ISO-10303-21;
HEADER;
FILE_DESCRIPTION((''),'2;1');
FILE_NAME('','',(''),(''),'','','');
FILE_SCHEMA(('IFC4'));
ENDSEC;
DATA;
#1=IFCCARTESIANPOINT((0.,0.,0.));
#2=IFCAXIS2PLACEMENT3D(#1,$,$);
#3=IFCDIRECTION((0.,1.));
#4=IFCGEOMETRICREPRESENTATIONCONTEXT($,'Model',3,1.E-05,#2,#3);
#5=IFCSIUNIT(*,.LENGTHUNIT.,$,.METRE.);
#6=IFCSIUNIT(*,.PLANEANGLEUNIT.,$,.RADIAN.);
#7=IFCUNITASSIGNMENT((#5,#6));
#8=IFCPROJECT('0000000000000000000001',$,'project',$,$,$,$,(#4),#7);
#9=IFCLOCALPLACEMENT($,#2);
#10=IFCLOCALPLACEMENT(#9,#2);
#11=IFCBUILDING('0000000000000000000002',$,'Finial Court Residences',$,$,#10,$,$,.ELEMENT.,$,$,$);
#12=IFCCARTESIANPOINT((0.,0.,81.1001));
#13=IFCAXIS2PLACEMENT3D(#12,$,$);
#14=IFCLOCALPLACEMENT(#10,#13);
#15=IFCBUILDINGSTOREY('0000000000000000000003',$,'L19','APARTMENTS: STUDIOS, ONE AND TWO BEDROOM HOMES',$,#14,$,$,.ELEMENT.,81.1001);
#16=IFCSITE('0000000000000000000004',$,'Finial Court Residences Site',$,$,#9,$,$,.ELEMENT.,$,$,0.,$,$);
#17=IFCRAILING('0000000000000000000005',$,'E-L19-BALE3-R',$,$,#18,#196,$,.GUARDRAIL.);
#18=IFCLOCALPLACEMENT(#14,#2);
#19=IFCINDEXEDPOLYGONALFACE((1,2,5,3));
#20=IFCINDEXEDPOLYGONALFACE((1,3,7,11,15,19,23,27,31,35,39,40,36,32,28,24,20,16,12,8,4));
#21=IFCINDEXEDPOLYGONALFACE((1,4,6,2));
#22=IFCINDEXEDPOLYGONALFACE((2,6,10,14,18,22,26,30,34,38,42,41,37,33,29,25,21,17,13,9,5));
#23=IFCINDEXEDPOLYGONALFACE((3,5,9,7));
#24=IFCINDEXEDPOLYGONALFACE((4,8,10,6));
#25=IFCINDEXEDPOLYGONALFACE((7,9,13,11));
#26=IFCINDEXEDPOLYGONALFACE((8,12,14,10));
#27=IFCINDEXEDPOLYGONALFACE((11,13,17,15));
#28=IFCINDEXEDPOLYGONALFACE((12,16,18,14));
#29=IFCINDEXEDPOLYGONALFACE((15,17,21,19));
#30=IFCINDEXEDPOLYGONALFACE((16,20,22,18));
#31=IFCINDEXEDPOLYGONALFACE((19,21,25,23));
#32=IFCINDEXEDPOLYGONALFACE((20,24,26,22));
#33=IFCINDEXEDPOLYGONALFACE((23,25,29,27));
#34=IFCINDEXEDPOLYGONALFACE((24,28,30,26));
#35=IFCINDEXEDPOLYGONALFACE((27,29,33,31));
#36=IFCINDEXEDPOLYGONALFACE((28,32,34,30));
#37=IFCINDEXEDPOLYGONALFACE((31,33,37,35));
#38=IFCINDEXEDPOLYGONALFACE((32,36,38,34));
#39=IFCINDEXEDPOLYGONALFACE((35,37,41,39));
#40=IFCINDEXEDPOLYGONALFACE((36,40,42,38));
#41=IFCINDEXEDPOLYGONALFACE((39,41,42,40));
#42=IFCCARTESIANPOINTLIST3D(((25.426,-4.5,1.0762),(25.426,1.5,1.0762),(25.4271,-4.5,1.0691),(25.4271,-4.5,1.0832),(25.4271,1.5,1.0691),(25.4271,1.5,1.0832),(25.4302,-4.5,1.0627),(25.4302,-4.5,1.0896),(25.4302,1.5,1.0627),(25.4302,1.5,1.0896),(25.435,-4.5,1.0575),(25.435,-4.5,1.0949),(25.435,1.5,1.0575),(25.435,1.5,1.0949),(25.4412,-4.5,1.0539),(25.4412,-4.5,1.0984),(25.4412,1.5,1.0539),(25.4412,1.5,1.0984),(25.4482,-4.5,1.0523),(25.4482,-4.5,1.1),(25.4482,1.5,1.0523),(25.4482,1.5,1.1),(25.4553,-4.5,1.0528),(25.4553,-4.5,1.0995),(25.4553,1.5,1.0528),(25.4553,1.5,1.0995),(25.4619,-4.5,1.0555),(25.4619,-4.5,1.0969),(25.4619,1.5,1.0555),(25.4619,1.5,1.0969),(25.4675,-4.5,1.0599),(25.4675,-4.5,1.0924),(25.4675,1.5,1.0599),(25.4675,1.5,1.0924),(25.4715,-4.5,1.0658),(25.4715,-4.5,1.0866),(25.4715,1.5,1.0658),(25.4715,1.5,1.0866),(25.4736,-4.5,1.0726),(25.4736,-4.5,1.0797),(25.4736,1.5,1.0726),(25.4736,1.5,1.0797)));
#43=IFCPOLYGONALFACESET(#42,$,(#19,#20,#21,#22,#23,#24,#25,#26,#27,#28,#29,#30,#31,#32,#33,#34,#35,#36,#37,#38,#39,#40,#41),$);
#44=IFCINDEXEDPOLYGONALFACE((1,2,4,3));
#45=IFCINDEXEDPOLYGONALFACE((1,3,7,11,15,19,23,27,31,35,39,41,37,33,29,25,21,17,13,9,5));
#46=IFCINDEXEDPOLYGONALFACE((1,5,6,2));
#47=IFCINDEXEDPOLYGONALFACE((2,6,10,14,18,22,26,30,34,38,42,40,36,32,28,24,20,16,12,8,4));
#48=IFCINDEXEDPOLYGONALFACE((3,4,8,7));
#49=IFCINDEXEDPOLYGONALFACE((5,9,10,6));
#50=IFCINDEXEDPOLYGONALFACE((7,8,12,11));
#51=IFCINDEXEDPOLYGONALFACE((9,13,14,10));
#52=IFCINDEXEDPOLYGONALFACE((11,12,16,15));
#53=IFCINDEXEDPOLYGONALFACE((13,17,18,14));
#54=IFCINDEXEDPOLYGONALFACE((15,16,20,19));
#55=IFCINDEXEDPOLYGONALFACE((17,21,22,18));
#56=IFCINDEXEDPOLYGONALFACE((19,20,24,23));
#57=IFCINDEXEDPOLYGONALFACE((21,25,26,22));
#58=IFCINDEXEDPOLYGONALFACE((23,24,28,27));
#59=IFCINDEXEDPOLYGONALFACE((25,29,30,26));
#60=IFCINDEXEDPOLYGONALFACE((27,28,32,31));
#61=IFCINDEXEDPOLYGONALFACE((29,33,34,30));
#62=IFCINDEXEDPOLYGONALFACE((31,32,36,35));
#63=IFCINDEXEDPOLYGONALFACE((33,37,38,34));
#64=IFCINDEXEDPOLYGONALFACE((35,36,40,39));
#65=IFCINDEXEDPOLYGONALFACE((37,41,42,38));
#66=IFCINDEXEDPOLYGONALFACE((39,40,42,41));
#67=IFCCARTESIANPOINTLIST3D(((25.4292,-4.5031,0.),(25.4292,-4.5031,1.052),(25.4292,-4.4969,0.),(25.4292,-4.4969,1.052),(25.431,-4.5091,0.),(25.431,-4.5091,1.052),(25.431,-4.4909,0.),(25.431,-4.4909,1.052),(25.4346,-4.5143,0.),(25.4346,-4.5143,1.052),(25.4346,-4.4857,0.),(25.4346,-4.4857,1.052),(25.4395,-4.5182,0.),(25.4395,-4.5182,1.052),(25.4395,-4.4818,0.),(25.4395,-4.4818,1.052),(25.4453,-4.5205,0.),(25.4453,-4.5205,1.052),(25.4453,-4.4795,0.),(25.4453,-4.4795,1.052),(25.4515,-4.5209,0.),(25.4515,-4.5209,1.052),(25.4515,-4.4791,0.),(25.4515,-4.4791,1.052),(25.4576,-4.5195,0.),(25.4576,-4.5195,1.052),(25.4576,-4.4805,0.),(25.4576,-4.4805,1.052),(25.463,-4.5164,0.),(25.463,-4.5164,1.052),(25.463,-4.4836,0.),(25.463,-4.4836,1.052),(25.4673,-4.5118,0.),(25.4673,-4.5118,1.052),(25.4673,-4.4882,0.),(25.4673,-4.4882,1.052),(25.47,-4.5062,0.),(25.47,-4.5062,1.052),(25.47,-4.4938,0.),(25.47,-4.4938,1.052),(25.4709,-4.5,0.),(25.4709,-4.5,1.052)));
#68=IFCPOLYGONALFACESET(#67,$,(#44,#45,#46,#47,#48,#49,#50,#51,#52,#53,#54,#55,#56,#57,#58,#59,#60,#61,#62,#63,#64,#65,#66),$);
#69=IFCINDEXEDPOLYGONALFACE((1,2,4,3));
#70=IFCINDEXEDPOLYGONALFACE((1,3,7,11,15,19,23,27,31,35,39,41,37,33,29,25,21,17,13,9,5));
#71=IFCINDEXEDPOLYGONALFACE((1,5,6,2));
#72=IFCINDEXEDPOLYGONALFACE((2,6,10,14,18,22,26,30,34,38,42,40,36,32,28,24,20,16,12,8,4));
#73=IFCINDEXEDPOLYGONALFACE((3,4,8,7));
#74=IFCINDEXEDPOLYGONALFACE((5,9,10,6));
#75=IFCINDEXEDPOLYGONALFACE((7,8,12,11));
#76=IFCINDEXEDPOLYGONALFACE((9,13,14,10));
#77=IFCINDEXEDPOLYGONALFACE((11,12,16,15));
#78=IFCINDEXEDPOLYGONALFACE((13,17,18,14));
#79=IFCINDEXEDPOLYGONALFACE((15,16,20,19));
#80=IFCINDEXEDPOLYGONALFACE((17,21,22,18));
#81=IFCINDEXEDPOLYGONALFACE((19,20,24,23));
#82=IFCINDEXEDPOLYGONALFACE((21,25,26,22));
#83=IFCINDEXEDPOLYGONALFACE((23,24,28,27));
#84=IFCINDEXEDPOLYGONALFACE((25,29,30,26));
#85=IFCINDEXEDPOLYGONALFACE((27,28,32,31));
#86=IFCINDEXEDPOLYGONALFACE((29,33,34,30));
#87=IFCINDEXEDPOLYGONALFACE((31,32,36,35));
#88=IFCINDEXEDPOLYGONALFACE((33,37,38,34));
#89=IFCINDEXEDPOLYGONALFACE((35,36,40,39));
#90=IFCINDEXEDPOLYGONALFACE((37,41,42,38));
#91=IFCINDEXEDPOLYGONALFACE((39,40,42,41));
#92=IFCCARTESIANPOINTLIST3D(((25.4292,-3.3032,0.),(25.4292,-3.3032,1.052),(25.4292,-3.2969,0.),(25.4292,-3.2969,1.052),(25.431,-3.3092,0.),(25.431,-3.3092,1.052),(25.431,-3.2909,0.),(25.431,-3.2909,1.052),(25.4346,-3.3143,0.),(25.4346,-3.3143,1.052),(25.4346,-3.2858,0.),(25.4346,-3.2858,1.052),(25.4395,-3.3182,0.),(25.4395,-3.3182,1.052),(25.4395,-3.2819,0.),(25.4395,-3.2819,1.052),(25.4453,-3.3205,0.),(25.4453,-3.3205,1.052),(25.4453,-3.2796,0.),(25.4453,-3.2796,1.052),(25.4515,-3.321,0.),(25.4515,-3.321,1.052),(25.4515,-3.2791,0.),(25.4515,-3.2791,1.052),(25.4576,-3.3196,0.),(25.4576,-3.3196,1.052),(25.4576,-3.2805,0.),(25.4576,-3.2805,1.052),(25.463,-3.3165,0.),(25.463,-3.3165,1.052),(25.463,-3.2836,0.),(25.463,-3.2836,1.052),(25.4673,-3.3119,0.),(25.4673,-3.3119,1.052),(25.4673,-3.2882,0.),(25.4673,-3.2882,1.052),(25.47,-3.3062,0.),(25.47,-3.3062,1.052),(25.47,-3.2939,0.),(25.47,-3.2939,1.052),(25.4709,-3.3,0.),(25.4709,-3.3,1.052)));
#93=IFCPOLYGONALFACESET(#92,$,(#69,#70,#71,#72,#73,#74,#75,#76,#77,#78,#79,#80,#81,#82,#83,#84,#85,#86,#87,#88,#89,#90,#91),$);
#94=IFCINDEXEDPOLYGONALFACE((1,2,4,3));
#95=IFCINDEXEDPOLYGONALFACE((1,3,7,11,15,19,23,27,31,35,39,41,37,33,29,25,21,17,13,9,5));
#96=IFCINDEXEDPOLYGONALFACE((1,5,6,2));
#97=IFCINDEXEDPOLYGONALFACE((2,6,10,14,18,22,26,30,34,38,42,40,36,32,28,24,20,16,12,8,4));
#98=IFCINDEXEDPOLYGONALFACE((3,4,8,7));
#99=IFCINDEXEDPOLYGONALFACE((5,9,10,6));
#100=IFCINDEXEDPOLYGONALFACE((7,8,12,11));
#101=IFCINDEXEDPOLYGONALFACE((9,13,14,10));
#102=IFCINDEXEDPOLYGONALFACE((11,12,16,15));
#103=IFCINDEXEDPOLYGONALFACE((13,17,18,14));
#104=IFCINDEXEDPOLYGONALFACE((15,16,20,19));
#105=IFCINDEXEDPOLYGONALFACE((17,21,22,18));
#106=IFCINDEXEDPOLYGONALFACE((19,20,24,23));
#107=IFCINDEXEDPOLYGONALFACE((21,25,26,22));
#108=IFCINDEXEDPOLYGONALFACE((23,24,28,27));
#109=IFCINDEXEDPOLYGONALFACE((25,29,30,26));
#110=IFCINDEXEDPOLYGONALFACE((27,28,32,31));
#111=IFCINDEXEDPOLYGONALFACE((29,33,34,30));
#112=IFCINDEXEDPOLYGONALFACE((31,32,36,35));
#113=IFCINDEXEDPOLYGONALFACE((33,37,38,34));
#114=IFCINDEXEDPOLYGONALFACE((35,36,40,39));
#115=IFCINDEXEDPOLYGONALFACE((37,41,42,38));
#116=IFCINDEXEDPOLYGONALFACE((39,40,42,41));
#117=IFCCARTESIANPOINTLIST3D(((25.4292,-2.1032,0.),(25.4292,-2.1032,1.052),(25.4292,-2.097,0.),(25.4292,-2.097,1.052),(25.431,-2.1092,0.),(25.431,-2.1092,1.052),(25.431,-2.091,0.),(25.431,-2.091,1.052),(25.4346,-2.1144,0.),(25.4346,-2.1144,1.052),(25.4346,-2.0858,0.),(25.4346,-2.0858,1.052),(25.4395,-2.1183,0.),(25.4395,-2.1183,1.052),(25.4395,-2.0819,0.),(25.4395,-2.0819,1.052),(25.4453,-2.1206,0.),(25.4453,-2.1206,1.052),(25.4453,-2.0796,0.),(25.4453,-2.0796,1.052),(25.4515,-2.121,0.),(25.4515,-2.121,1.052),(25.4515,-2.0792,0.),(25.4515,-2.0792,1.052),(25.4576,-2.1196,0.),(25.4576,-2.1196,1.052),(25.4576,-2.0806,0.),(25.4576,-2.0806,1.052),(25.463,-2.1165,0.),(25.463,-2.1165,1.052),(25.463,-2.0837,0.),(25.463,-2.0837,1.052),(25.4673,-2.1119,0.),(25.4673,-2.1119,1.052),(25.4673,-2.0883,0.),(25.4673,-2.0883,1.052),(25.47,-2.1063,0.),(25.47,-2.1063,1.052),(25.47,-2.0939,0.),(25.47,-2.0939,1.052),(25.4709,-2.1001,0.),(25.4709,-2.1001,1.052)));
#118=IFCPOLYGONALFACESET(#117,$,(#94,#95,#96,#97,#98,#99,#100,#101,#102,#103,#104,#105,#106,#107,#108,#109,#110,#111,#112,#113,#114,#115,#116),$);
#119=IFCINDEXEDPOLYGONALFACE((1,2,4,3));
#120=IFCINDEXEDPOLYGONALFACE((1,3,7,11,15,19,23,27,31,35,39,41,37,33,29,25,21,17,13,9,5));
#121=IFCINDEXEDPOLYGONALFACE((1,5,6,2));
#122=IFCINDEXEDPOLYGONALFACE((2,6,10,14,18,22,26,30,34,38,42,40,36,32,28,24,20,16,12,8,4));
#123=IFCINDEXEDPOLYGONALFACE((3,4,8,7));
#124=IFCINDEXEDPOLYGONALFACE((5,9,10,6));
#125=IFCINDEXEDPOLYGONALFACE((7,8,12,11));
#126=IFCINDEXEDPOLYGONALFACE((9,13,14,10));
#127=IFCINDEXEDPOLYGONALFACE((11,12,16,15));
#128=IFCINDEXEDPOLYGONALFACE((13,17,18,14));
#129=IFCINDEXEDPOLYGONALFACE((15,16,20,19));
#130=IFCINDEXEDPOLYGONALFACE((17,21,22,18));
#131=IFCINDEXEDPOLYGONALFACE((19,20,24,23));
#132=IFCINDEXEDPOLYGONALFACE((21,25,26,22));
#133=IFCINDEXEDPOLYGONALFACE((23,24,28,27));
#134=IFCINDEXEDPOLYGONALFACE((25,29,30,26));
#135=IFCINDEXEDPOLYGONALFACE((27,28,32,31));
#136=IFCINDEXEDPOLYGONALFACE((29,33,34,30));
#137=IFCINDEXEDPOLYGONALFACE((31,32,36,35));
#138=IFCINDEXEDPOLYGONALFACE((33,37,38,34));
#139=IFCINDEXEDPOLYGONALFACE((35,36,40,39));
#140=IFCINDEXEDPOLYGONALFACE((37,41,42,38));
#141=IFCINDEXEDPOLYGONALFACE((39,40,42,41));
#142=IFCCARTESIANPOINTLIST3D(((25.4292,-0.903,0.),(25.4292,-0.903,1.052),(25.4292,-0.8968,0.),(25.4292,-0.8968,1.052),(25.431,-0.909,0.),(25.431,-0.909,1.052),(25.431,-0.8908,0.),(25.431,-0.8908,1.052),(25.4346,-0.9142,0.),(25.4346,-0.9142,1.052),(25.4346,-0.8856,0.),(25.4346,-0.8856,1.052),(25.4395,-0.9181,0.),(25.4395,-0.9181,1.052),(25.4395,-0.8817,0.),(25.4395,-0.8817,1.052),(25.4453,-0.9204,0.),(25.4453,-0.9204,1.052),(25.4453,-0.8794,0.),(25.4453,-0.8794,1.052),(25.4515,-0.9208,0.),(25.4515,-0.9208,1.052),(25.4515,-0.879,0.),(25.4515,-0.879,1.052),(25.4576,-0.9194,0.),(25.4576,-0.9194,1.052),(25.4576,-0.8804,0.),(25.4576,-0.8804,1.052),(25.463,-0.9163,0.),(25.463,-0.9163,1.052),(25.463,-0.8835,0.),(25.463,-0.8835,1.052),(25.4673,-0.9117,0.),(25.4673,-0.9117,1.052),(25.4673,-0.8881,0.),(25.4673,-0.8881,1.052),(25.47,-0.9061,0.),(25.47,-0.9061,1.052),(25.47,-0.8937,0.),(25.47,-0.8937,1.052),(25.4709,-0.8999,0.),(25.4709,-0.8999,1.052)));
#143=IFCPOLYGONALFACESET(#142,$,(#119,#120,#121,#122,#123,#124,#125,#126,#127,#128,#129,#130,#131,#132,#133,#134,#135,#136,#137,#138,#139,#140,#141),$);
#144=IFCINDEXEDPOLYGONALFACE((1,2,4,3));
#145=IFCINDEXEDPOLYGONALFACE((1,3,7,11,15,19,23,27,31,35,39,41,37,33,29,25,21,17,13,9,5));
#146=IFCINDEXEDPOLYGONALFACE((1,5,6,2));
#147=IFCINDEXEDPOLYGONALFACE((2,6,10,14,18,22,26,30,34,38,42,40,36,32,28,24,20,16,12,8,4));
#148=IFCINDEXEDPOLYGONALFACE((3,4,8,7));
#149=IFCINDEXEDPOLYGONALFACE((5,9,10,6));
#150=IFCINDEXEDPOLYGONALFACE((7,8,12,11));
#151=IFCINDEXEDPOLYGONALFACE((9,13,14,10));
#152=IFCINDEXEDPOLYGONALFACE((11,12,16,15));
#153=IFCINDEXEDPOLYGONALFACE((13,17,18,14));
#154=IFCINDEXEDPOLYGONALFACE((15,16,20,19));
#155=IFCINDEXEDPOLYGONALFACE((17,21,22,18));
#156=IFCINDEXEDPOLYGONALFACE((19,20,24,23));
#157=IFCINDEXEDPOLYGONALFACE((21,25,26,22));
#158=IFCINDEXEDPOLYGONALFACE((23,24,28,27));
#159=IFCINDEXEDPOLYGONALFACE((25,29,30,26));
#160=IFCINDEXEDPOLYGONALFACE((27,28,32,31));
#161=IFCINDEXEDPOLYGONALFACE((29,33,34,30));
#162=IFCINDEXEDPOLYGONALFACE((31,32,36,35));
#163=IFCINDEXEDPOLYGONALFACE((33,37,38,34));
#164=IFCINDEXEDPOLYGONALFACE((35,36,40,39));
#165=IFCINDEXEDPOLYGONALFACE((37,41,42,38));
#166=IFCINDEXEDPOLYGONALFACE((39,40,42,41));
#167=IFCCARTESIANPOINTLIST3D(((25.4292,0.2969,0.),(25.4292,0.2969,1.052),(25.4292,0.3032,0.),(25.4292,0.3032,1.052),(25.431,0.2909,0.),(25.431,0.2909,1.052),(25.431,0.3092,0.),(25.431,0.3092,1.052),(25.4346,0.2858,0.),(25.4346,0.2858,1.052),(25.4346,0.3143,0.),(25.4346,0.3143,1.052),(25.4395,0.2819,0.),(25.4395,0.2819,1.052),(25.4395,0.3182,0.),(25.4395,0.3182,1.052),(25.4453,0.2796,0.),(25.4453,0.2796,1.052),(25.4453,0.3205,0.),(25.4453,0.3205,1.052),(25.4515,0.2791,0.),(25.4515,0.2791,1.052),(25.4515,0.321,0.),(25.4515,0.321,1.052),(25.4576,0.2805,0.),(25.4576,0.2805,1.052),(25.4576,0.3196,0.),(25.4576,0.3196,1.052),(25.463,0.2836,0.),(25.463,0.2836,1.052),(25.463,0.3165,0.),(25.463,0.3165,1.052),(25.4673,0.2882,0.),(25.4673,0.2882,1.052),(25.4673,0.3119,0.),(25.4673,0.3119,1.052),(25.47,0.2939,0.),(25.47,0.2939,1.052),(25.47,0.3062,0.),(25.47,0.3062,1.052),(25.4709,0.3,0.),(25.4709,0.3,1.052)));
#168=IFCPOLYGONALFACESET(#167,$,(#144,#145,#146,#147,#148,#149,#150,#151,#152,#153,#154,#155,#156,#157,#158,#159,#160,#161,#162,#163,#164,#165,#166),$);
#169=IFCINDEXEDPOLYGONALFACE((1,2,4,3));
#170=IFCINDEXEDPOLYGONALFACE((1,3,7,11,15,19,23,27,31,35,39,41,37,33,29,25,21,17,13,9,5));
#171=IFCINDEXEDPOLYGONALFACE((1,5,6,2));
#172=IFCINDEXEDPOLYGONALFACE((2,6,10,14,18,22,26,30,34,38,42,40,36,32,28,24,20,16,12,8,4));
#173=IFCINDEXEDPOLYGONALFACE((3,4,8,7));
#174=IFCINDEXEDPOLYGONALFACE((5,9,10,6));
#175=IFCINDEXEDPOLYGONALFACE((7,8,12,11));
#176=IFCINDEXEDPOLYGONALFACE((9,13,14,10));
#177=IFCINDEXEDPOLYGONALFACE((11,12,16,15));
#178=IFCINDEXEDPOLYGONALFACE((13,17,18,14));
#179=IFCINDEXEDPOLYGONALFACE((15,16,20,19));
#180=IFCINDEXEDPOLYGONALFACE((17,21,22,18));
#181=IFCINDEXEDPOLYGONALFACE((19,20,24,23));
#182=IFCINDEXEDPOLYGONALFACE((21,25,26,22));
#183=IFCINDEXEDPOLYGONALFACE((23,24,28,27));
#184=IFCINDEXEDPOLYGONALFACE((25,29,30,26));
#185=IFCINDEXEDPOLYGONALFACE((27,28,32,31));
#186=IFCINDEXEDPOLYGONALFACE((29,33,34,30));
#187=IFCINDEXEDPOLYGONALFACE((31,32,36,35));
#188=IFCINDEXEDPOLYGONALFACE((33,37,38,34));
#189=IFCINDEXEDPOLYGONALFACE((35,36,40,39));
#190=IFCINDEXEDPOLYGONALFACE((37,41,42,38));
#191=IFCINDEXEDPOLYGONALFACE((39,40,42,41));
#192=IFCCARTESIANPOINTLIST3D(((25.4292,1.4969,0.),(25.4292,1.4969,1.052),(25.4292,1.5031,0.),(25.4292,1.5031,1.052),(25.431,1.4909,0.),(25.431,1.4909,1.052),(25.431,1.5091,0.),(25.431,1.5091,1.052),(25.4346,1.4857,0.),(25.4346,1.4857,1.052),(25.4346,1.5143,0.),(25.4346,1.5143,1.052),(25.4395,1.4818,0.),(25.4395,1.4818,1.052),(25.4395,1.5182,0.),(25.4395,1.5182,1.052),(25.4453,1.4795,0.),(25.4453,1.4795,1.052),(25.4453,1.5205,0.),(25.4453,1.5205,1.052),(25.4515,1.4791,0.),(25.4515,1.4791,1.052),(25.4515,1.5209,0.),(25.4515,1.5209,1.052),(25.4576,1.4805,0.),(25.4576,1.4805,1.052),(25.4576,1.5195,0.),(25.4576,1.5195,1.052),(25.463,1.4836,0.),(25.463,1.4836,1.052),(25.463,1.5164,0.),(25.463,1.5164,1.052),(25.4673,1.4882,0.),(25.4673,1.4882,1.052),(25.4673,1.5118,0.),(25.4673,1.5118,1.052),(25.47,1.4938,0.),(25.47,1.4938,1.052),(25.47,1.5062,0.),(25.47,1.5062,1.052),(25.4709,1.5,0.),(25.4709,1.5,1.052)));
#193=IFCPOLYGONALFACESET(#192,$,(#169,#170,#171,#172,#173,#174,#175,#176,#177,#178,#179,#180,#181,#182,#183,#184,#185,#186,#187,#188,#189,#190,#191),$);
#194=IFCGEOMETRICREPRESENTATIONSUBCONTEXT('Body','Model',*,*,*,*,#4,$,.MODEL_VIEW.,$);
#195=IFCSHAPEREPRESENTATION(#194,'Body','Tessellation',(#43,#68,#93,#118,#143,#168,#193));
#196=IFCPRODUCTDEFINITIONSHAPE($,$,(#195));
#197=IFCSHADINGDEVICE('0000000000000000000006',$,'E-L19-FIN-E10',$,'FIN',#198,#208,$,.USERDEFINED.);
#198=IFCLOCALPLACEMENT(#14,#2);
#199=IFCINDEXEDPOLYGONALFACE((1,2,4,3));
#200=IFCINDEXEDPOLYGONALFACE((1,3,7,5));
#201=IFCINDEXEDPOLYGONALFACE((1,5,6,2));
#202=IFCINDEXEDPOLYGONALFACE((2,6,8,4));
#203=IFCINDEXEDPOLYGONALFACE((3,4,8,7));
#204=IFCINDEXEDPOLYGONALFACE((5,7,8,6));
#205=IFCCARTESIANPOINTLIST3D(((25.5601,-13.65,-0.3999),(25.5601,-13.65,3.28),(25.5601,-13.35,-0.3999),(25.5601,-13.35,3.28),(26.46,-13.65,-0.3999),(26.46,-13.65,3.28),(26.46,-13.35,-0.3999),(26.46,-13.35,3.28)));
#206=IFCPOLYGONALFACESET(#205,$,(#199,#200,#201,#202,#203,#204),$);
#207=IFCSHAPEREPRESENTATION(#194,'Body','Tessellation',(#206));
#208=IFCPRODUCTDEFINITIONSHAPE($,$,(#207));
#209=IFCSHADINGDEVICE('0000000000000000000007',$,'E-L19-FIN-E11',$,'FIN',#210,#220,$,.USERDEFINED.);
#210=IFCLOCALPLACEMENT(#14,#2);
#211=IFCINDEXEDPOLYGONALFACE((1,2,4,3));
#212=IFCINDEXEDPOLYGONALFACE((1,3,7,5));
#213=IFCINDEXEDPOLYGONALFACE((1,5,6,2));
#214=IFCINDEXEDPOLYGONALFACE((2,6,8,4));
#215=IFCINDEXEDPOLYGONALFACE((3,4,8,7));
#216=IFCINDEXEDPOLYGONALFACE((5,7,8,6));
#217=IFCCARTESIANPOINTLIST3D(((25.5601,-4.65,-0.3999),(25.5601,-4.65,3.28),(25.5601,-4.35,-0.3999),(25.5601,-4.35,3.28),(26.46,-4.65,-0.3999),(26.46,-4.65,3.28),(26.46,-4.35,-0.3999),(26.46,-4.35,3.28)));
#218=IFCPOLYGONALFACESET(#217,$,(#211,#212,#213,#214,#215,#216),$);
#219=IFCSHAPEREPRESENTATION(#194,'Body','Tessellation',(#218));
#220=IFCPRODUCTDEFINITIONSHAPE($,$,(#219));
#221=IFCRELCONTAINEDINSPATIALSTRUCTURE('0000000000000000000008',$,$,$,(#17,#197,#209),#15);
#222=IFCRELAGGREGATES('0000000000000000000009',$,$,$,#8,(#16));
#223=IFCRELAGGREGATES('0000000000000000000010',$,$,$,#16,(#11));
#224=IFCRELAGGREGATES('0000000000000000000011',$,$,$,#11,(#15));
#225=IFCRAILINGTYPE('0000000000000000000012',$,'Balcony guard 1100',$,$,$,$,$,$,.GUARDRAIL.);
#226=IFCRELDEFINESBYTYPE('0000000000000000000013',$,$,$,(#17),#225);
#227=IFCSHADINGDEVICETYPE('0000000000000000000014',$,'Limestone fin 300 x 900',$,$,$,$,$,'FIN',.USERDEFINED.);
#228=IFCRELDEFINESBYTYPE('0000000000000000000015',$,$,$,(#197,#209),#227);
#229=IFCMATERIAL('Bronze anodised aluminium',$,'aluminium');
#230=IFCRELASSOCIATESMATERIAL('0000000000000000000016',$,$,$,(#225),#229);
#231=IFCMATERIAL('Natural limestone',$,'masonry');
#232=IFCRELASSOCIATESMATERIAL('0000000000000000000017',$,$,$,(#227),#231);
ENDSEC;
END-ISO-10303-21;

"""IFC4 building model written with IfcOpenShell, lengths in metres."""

from ifc_helpers import new_model, si_unit, direction, frame, origin, origin_2d, place, context, subcontext, project, spatial, rectangle, circle, extrude, material, type_object, element, save


model = new_model("IFC4")

# Units and contexts
model_context = context("Model", 3, precision=1e-05, world=origin(), true_north=direction((0.0, 1.0)))
body_context = subcontext(model_context, "Body", "Model", "MODEL_VIEW")
ifc_project = project(units=[si_unit("LENGTHUNIT", "METRE"), si_unit("PLANEANGLEUNIT", "RADIAN")], contexts=[model_context])

# Site, building, storey
site_placement = place(None, origin())
site = spatial("IfcSite", under=ifc_project, at=site_placement, Name="Finial Court Residences Site", CompositionType="ELEMENT", RefElevation=0.0)
building_placement = place(site_placement, origin())
building = spatial("IfcBuilding", under=site, at=building_placement, Name="Finial Court Residences", CompositionType="ELEMENT")
storey_placement = place(building_placement, frame((0.0, 0.0, 81.1001)))
storey = spatial("IfcBuildingStorey", under=building, at=storey_placement, Name="L19", Description="APARTMENTS: STUDIOS, ONE AND TWO BEDROOM HOMES", CompositionType="ELEMENT", Elevation=81.1001)

# Shared definitions
ifc_material_1 = material(Name="Bronze anodised aluminium", Category="aluminium")

# Shared definitions
ifc_material_2 = material(Name="Natural limestone", Category="masonry")

# Railing
railing_type = type_object("IfcRailingType", Name="Balcony guard 1100", PredefinedType="GUARDRAIL", material=ifc_material_1)
railing_1_placement = place(storey_placement, frame((25.45, -4.5, 0.0)))
element("IfcRailing", 1, at=railing_1_placement, inside=storey, type_object=railing_type, Name="E-L19-BALE3-R", PredefinedType="GUARDRAIL", context=body_context, shape_type="SweptSolid", body=[
    extrude(circle(Radius=0.0239, at=origin_2d()), frame((0.0, 0.0, 1.0762), z_axis=(0.0, 1.0, 0.0), x_axis=(-1.0, 0.0, 0.0)), (0.0, 0.0, 1.0), 6.0),
    extrude(circle(Radius=0.021, at=origin_2d()), origin(), (0.0, 0.0, 1.0), 1.052),
    extrude(circle(Radius=0.021, at=origin_2d()), frame((0.0, 1.2, 0.0)), (0.0, 0.0, 1.0), 1.052),
    extrude(circle(Radius=0.021, at=origin_2d()), frame((0.0, 2.3999, 0.0)), (0.0, 0.0, 1.0), 1.052),
    extrude(circle(Radius=0.021, at=origin_2d()), frame((0.0, 3.6001, 0.0)), (0.0, 0.0, 1.0), 1.052),
    extrude(circle(Radius=0.021, at=origin_2d()), frame((0.0, 4.8, 0.0)), (0.0, 0.0, 1.0), 1.052),
    extrude(circle(Radius=0.021, at=origin_2d()), frame((0.0, 6.0, 0.0)), (0.0, 0.0, 1.0), 1.052),
])

# Shading devices
shading_device_type = type_object("IfcShadingDeviceType", Name="Limestone fin 300 x 900", ElementType="FIN", PredefinedType="USERDEFINED", material=ifc_material_2)
for number, where, z_axis, x_axis, name in (
    (2, (26.01, -13.5, -0.3999), (0.0, 0.0, 1.0), (1.0, 0.0, 0.0), "E-L19-FIN-E10"),
    (3, (26.01, -4.5, -0.3999), (0.0, 0.0, 1.0), (1.0, 0.0, 0.0), "E-L19-FIN-E11"),
):
    element("IfcShadingDevice", number, at=place(storey_placement, frame(where, z_axis=z_axis, x_axis=x_axis)), inside=storey, type_object=shading_device_type, Name=name, ObjectType="FIN", PredefinedType="USERDEFINED", context=body_context, shape_type="SweptSolid", body=[
        extrude(rectangle(XDim=0.8999, YDim=0.3, at=origin_2d()), origin(), (0.0, 0.0, 1.0), 3.6799),
    ])

save(model, "model.ifc")
